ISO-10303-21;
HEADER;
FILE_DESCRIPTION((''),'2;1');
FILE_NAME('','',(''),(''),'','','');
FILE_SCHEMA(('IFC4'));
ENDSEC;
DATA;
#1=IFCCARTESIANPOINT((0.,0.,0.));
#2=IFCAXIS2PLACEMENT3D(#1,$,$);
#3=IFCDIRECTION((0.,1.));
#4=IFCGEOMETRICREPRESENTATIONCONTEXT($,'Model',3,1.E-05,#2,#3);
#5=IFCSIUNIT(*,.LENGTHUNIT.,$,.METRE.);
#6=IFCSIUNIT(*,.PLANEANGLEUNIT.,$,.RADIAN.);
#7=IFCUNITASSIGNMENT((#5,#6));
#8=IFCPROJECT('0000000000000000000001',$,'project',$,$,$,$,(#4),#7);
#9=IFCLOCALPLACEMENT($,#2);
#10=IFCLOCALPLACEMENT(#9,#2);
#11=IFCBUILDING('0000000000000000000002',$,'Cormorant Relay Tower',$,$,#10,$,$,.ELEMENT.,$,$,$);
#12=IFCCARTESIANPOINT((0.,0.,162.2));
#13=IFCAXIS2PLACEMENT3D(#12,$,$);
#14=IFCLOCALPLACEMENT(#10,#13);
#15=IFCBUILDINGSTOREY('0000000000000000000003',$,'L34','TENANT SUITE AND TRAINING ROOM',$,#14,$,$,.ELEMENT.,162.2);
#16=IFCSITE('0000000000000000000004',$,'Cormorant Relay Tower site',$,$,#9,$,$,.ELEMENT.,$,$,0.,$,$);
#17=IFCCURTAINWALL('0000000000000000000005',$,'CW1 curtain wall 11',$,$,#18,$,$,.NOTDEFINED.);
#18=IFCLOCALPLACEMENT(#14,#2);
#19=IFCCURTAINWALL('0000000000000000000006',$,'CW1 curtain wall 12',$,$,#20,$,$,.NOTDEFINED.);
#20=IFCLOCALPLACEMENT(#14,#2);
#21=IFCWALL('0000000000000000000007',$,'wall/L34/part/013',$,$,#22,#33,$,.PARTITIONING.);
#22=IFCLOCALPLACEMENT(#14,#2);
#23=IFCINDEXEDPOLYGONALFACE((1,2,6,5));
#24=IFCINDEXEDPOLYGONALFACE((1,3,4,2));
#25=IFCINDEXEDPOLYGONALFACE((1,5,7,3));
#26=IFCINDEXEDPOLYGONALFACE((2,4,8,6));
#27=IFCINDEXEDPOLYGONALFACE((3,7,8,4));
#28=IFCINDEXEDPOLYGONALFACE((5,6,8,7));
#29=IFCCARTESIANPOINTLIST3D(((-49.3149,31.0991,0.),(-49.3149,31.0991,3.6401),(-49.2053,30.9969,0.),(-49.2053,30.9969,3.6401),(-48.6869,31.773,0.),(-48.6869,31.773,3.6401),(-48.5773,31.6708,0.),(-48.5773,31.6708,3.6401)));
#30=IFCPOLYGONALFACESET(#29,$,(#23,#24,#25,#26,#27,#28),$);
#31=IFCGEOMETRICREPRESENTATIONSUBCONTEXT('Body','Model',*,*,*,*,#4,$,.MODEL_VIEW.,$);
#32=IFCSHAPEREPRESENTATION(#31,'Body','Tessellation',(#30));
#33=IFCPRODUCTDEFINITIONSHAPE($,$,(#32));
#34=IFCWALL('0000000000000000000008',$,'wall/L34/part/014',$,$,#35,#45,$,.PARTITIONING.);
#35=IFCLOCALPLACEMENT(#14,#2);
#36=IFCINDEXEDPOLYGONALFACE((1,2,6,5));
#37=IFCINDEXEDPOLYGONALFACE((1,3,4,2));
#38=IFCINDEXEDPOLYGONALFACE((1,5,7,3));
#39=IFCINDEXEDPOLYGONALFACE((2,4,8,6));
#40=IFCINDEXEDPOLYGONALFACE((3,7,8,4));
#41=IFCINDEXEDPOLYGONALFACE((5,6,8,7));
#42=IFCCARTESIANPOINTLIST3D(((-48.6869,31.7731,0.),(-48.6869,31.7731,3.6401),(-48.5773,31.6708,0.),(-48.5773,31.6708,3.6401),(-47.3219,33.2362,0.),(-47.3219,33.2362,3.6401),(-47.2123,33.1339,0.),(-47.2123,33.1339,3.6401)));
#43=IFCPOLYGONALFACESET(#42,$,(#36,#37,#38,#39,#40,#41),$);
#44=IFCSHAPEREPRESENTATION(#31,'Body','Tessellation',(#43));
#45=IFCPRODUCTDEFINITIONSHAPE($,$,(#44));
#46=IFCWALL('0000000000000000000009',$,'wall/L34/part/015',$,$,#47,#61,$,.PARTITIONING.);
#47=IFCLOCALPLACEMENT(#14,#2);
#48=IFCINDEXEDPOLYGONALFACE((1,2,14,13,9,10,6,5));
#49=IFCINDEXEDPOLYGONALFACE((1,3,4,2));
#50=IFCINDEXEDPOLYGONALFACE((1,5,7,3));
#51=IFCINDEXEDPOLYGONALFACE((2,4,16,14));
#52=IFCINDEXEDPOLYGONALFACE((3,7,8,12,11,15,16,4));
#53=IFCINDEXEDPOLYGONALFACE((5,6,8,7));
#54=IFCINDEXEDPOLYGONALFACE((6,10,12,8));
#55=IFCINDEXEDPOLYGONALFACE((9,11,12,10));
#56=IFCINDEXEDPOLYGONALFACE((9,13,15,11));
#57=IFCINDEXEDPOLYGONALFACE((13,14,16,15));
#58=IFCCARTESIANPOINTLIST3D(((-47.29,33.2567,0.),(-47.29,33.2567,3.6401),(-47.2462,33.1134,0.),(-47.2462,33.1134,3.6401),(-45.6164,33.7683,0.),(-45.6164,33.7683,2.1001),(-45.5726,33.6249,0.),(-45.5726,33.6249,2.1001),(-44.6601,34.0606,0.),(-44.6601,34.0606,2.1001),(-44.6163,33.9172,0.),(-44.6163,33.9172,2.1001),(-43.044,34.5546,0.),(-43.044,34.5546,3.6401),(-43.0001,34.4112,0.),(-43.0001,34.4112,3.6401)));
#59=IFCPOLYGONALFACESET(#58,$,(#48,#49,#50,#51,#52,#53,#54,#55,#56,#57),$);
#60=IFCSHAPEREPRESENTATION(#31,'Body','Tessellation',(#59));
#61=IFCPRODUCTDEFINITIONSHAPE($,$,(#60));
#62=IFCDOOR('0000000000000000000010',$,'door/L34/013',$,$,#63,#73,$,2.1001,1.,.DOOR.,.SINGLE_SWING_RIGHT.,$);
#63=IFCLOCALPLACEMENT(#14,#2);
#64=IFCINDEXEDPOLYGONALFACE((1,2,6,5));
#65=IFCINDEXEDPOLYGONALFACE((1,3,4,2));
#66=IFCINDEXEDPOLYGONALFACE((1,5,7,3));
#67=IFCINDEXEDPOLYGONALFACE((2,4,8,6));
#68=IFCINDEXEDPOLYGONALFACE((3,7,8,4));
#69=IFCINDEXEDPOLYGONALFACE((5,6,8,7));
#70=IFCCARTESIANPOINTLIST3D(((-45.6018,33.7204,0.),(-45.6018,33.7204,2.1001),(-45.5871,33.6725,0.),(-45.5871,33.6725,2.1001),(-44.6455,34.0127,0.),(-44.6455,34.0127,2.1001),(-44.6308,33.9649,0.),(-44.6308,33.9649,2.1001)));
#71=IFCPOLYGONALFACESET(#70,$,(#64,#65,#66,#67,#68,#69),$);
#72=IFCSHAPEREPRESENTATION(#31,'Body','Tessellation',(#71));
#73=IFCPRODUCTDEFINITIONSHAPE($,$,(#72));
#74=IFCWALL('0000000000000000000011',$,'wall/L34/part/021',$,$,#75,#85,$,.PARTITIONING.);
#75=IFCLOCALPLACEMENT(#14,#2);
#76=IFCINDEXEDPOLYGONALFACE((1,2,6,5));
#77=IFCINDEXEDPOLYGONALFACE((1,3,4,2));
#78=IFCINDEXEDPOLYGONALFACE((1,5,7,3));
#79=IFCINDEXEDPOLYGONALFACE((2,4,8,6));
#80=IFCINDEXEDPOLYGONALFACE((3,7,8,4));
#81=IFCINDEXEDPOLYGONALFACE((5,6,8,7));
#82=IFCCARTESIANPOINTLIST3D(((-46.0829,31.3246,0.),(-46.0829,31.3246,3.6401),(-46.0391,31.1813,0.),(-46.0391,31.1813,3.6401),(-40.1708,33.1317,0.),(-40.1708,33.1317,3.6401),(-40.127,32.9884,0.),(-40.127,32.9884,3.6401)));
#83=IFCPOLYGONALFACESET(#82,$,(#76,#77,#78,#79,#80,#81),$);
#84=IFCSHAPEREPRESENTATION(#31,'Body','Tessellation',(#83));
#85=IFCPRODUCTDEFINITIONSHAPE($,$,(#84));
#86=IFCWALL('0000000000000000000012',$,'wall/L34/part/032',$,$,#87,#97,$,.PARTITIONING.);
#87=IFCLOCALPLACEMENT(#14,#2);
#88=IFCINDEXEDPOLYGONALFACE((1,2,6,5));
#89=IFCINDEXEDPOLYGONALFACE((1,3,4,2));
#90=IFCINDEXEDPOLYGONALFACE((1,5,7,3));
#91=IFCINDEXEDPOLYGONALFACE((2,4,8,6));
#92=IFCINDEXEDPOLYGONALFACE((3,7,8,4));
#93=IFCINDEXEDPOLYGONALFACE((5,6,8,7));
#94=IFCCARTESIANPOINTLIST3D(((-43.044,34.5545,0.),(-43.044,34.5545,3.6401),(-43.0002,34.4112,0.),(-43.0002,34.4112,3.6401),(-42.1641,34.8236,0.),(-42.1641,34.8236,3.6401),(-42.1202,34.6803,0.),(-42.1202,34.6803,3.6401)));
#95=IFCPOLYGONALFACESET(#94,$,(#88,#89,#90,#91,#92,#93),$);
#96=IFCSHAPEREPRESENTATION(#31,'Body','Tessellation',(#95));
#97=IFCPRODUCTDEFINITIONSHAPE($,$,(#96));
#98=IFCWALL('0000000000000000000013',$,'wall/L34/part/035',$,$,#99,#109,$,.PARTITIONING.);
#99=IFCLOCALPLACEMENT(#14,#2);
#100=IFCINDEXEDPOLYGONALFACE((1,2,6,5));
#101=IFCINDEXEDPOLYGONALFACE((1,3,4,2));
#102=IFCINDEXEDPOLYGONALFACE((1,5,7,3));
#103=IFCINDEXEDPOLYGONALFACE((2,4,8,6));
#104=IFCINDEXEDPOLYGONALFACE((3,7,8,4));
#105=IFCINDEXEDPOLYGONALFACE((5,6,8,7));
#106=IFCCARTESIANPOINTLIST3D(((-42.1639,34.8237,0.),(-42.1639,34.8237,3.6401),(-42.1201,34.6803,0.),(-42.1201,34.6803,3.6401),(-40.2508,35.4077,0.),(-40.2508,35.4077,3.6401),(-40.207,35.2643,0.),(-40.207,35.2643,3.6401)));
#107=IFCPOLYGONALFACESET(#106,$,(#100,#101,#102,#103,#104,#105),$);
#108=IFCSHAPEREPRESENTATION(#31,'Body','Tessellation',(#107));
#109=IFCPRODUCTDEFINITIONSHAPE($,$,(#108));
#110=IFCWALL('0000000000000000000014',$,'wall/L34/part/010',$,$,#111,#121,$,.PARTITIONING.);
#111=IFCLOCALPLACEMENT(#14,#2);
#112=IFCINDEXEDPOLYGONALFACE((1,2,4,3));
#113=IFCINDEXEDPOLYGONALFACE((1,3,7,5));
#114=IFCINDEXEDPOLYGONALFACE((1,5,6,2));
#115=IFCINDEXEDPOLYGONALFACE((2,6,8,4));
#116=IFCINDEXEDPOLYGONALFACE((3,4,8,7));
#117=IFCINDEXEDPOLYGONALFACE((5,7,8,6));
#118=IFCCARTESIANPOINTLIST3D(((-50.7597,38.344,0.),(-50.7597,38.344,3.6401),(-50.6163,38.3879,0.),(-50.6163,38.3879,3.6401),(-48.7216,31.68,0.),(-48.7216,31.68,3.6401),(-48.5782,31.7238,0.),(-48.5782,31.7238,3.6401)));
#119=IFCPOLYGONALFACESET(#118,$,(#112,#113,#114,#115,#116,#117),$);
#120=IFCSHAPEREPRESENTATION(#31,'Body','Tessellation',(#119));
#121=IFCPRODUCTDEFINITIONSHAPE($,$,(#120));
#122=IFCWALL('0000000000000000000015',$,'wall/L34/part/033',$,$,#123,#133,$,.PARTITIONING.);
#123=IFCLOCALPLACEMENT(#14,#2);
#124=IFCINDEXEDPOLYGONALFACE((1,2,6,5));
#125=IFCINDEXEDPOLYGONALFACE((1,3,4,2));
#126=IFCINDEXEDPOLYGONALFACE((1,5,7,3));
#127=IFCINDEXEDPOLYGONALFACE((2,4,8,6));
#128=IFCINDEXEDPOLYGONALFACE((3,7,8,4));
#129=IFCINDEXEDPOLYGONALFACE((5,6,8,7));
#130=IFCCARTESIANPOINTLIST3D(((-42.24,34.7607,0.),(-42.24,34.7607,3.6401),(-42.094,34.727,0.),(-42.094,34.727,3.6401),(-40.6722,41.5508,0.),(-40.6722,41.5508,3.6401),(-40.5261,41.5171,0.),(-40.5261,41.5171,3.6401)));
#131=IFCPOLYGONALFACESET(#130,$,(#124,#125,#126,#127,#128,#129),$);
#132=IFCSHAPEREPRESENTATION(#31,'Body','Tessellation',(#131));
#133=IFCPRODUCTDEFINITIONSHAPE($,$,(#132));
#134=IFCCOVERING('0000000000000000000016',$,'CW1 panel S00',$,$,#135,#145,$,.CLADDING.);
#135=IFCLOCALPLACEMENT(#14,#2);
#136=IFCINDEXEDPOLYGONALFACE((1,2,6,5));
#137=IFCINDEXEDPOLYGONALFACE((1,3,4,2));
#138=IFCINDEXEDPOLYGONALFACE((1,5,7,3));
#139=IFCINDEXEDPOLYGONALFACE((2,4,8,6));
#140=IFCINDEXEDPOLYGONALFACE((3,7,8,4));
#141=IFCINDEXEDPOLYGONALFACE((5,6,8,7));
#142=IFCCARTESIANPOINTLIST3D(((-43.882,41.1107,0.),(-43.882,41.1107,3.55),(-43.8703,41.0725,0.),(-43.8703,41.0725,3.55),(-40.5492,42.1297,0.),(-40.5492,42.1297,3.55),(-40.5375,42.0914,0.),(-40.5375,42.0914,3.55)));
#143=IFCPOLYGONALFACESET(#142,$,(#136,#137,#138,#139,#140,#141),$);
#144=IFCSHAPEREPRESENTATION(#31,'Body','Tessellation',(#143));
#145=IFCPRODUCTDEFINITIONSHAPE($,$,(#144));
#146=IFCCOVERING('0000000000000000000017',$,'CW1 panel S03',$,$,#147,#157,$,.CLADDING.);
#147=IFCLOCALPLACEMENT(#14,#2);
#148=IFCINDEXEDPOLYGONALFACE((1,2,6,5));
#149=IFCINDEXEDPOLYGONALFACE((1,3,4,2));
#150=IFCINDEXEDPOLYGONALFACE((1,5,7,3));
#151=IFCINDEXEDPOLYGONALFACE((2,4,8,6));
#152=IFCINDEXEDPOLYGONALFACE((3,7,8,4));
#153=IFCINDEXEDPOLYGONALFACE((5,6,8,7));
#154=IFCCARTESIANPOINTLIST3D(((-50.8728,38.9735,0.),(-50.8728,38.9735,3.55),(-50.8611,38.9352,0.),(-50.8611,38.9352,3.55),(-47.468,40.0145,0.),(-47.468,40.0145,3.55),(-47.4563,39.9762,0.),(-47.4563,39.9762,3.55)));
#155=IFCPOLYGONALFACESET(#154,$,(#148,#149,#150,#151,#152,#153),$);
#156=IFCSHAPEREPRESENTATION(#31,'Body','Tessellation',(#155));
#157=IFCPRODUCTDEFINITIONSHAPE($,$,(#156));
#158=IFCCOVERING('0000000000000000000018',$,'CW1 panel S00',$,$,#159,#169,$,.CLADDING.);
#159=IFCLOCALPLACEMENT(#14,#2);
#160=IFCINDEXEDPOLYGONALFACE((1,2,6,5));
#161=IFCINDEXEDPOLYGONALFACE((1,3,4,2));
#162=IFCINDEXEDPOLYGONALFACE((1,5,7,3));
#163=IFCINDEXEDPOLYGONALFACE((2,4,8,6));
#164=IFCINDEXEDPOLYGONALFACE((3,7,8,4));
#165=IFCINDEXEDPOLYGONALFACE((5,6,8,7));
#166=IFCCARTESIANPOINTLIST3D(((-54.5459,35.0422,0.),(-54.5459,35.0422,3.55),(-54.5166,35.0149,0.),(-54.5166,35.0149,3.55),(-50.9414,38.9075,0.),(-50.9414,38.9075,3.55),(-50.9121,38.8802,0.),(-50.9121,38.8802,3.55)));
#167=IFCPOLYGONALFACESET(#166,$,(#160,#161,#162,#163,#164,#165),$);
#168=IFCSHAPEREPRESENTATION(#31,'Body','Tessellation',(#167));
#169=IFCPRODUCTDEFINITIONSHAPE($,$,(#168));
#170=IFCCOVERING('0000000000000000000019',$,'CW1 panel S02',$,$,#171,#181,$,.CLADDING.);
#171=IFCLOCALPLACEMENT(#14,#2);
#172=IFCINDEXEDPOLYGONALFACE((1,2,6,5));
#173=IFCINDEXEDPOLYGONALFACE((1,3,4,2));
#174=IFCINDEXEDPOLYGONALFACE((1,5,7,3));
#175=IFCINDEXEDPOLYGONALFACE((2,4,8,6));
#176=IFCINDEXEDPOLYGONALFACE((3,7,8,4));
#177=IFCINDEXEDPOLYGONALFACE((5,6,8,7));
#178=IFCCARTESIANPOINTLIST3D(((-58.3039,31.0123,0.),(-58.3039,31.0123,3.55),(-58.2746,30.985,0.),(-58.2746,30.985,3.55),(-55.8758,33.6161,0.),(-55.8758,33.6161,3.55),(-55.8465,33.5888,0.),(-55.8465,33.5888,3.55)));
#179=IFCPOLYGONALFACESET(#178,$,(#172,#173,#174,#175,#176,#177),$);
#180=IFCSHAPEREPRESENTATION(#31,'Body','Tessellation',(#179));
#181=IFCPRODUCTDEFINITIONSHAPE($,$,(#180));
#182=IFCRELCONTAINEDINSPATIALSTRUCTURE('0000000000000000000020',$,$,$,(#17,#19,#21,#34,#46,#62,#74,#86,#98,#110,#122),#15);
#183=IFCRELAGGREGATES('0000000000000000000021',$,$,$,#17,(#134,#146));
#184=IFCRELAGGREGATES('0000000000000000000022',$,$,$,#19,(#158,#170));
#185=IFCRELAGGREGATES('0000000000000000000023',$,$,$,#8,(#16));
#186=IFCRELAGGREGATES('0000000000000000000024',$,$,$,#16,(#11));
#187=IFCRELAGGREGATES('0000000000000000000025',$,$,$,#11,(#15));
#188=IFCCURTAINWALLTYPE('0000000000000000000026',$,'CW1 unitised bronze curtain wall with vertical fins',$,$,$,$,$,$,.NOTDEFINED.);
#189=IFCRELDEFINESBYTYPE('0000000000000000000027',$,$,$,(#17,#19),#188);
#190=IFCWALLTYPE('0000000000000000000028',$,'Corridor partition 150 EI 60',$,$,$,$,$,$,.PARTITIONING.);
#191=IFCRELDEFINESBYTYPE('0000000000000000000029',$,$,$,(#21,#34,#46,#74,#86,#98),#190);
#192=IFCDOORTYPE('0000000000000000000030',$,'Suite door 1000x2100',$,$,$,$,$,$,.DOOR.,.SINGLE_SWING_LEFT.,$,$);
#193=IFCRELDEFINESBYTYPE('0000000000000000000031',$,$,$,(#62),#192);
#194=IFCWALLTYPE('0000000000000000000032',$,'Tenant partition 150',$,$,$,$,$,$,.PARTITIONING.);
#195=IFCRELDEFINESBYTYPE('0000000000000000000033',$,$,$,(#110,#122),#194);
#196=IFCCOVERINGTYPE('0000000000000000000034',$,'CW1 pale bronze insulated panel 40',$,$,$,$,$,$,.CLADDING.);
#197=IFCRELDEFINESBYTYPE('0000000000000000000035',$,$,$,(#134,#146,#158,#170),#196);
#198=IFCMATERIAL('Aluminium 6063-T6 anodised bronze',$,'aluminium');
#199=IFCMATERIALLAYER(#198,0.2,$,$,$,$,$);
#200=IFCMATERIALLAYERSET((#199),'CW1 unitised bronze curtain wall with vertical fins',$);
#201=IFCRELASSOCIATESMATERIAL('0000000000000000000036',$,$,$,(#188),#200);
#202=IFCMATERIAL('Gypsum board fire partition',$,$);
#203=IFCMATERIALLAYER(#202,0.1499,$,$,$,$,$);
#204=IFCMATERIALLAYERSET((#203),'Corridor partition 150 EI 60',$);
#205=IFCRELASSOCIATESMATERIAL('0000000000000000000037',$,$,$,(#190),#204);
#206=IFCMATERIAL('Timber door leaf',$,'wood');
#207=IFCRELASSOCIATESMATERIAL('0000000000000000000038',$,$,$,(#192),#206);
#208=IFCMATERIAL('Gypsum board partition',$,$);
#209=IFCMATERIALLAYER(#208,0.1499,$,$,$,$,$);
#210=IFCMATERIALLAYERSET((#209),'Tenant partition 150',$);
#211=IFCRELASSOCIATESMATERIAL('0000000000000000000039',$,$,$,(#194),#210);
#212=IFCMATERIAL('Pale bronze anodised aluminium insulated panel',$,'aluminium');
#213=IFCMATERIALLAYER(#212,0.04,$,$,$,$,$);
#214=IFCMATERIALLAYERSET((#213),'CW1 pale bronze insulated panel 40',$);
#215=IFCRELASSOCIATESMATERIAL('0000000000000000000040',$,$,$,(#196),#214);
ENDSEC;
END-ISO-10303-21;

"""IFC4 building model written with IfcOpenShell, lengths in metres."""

from ifc_helpers import new_model, si_unit, direction, frame, frame_2d, origin, origin_2d, place, context, subcontext, project, spatial, rectangle, extrude, material, layer, layer_set, type_object, element, fill, aggregate, save


model = new_model("IFC4")

# Units and contexts
model_context = context("Model", 3, precision=1e-05, world=origin(), true_north=direction((0.0, 1.0)))
body_context = subcontext(model_context, "Body", "Model", "MODEL_VIEW")
ifc_project = project(units=[si_unit("LENGTHUNIT", "METRE"), si_unit("PLANEANGLEUNIT", "RADIAN")], contexts=[model_context])

# Site, building, storey
site_placement = place(None, origin())
site = spatial("IfcSite", under=ifc_project, at=site_placement, Name="Cormorant Relay Tower site", CompositionType="ELEMENT", RefElevation=0.0)
building_placement = place(site_placement, origin())
building = spatial("IfcBuilding", under=site, at=building_placement, Name="Cormorant Relay Tower", CompositionType="ELEMENT")
storey_placement = place(building_placement, frame((0.0, 0.0, 162.2)))
storey = spatial("IfcBuildingStorey", under=building, at=storey_placement, Name="L34", Description="TENANT SUITE AND TRAINING ROOM", CompositionType="ELEMENT", Elevation=162.2)

# Curtain walls
ifc_material_1 = material(Name="Aluminium 6063-T6 anodised bronze", Category="aluminium")
ifc_layer_1 = layer(ifc_material_1, 0.2)
ifc_layer_set_1 = layer_set([ifc_layer_1], Name="CW1 unitised bronze curtain wall with vertical fins")
curtain_wall_type = type_object("IfcCurtainWallType", Name="CW1 unitised bronze curtain wall with vertical fins", PredefinedType="NOTDEFINED", material=ifc_layer_set_1)
curtain_wall_1_placement = place(storey_placement, origin())
curtain_wall_1 = element("IfcCurtainWall", 1, at=curtain_wall_1_placement, inside=storey, type_object=curtain_wall_type, Name="CW1 curtain wall 11", PredefinedType="NOTDEFINED")
curtain_wall_2_placement = place(storey_placement, origin())
curtain_wall_2 = element("IfcCurtainWall", 2, at=curtain_wall_2_placement, inside=storey, type_object=curtain_wall_type, Name="CW1 curtain wall 12", PredefinedType="NOTDEFINED")

# Walls
ifc_material_2 = material(Name="Gypsum board fire partition")
ifc_layer_2 = layer(ifc_material_2, 0.1499)
ifc_layer_set_2 = layer_set([ifc_layer_2], Name="Corridor partition 150 EI 60")
wall_type_1 = type_object("IfcWallType", Name="Corridor partition 150 EI 60", PredefinedType="PARTITIONING", material=ifc_layer_set_2)
wall_1_placement = place(storey_placement, frame((-49.26, 31.0481, 0.0), z_axis=(0.0, 0.0, 1.0), x_axis=(0.681751, 0.731584, 0.0)))
element("IfcWall", 3, at=wall_1_placement, inside=storey, type_object=wall_type_1, Name="wall/L34/part/013", PredefinedType="PARTITIONING", context=body_context, shape_type="SweptSolid", body=[
    extrude(rectangle(XDim=0.9211, YDim=0.1499, at=frame_2d((0.4604, 0.0))), origin(), (0.0, 0.0, 1.0), 3.6401),
])
wall_2_placement = place(storey_placement, frame((-47.2671, 33.1851, 0.0), z_axis=(0.0, 0.0, 1.0), x_axis=(-0.682157, -0.731205, 0.0)))
element("IfcWall", 4, at=wall_2_placement, inside=storey, type_object=wall_type_1, Name="wall/L34/part/014", PredefinedType="PARTITIONING", context=body_context, shape_type="SweptSolid", body=[
    extrude(rectangle(XDim=2.001, YDim=0.1499, at=frame_2d((1.0005, 0.0))), origin(), (0.0, 0.0, 1.0), 3.6401),
])

# Wall, opening, door
wall_3_placement = place(storey_placement, frame((-47.2681, 33.1851, 0.0), z_axis=(0.0, 0.0, 1.0), x_axis=(0.956324, 0.292308, 0.0)))
wall_3 = element("IfcWall", 5, at=wall_3_placement, inside=storey, type_object=wall_type_1, Name="wall/L34/part/015", PredefinedType="PARTITIONING", context=body_context, shape_type="SweptSolid", body=[
    extrude(rectangle(XDim=4.4399, YDim=0.1499, at=frame_2d((2.22, 0.0))), origin(), (0.0, 0.0, 1.0), 3.6401),
])
opening_placement = place(wall_3_placement, frame((1.75, 0.0, 0.0)))
opening = element("IfcOpeningElement", 6, at=opening_placement, cuts=wall_3, PredefinedType="OPENING", context=body_context, shape_type="SweptSolid", body=[
    extrude(rectangle(XDim=1.0, YDim=2.1001, at=frame_2d((0.5, 1.05))), frame((0.0, 0.085, 0.0), z_axis=(0.0, -1.0, 0.0), x_axis=(1.0, 0.0, 0.0)), (0.0, 0.0, 1.0), 0.1699),
])
ifc_material_3 = material(Name="Timber door leaf", Category="wood")
door_type = type_object("IfcDoorType", Name="Suite door 1000x2100", OperationType="SINGLE_SWING_LEFT", PredefinedType="DOOR", material=ifc_material_3)
door_placement = place(opening_placement, origin())
door = element("IfcDoor", 7, at=door_placement, inside=storey, type_object=door_type, Name="door/L34/013", OperationType="SINGLE_SWING_RIGHT", OverallHeight=2.1001, OverallWidth=1.0, PredefinedType="DOOR", context=body_context, shape_type="SweptSolid", body=[
    extrude(rectangle(XDim=1.0, YDim=2.1001, at=frame_2d((0.5, 1.05))), frame((0.0, 0.0249, 0.0), z_axis=(0.0, -1.0, 0.0), x_axis=(1.0, 0.0, 0.0)), (0.0, 0.0, 1.0), 0.05),
])
fill(opening, door)

# Walls
wall_4_placement = place(storey_placement, frame((-46.061, 31.2529, 0.0), z_axis=(0.0, 0.0, 1.0), x_axis=(0.956322, 0.292315, 0.0)))
element("IfcWall", 8, at=wall_4_placement, inside=storey, type_object=wall_type_1, Name="wall/L34/part/021", PredefinedType="PARTITIONING", context=body_context, shape_type="SweptSolid", body=[
    extrude(rectangle(XDim=6.1821, YDim=0.1499, at=frame_2d((3.0911, 0.0))), origin(), (0.0, 0.0, 1.0), 3.6401),
])
wall_5_placement = place(storey_placement, frame((-43.022, 34.4829, 0.0), z_axis=(0.0, 0.0, 1.0), x_axis=(0.956294, 0.292407, 0.0)))
element("IfcWall", 9, at=wall_5_placement, inside=storey, type_object=wall_type_1, Name="wall/L34/part/032", PredefinedType="PARTITIONING", context=body_context, shape_type="SweptSolid", body=[
    extrude(rectangle(XDim=0.9202, YDim=0.1499, at=frame_2d((0.46, 0.0))), origin(), (0.0, 0.0, 1.0), 3.6401),
])
wall_6_placement = place(storey_placement, frame((-40.229, 35.3359, 0.0), z_axis=(0.0, 0.0, 1.0), x_axis=(-0.956431, -0.291958, 0.0)))
element("IfcWall", 10, at=wall_6_placement, inside=storey, type_object=wall_type_1, Name="wall/L34/part/035", PredefinedType="PARTITIONING", context=body_context, shape_type="SweptSolid", body=[
    extrude(rectangle(XDim=2.0002, YDim=0.1499, at=frame_2d((1.0, 0.0))), origin(), (0.0, 0.0, 1.0), 3.6401),
])
ifc_material_4 = material(Name="Gypsum board partition")
ifc_layer_3 = layer(ifc_material_4, 0.1499)
ifc_layer_set_3 = layer_set([ifc_layer_3], Name="Tenant partition 150")
wall_type_2 = type_object("IfcWallType", Name="Tenant partition 150", PredefinedType="PARTITIONING", material=ifc_layer_set_3)
for number, where, z_axis, x_axis, name in (
    (11, (-50.688, 38.366, 0.0), (0.0, 0.0, 1.0), (0.292461, -0.956278, 0.0), "wall/L34/part/010"),
    (12, (-40.5991, 41.5339, 0.0), (0.0, 0.0, 1.0), (-0.224987, -0.974362, 0.0), "wall/L34/part/033"),
):
    element("IfcWall", number, at=place(storey_placement, frame(where, z_axis=z_axis, x_axis=x_axis)), inside=storey, type_object=wall_type_2, Name=name, PredefinedType="PARTITIONING", context=body_context, shape_type="SweptSolid", body=[
        extrude(rectangle(XDim=6.9688, YDim=0.1499, at=frame_2d((3.4844, 0.0))), origin(), (0.0, 0.0, 1.0), 3.6401),
    ])

# Coverings
ifc_material_5 = material(Name="Pale bronze anodised aluminium insulated panel", Category="aluminium")
ifc_layer_4 = layer(ifc_material_5, 0.04)
ifc_layer_set_4 = layer_set([ifc_layer_4], Name="CW1 pale bronze insulated panel 40")
covering_type = type_object("IfcCoveringType", Name="CW1 pale bronze insulated panel 40", PredefinedType="CLADDING", material=ifc_layer_set_4)
covering_1_placement = place(storey_placement, frame((-42.2097, 41.6011, 0.0), z_axis=(0.0, 0.0, 1.0), x_axis=(-0.956305, -0.292372, 0.0)))
covering_1 = element("IfcCovering", 13, at=covering_1_placement, type_object=covering_type, Name="CW1 panel S00", PredefinedType="CLADDING", context=body_context, shape_type="SweptSolid", body=[
    extrude(rectangle(XDim=3.4851, YDim=0.04, at=origin_2d()), origin(), (0.0, 0.0, 1.0), 3.55),
])
covering_2_placement = place(storey_placement, frame((-49.1646, 39.4749, 0.0), z_axis=(0.0, 0.0, 1.0), x_axis=(-0.956305, -0.292372, 0.0)))
covering_2 = element("IfcCovering", 14, at=covering_2_placement, type_object=covering_type, Name="CW1 panel S03", PredefinedType="CLADDING", context=body_context, shape_type="SweptSolid", body=[
    extrude(rectangle(XDim=3.5603, YDim=0.04, at=origin_2d()), origin(), (0.0, 0.0, 1.0), 3.55),
])
aggregate(curtain_wall_1, [covering_1, covering_2])
covering_3_placement = place(storey_placement, frame((-52.729, 36.9612, 0.0), z_axis=(0.0, 0.0, 1.0), x_axis=(-0.681998, -0.731354, 0.0)))
covering_3 = element("IfcCovering", 15, at=covering_3_placement, type_object=covering_type, Name="CW1 panel S00", PredefinedType="CLADDING", context=body_context, shape_type="SweptSolid", body=[
    extrude(rectangle(XDim=5.2852, YDim=0.04, at=origin_2d()), origin(), (0.0, 0.0, 1.0), 3.55),
])
covering_4_placement = place(storey_placement, frame((-57.0752, 32.3005, 0.0), z_axis=(0.0, 0.0, 1.0), x_axis=(-0.681998, -0.731354, 0.0)))
covering_4 = element("IfcCovering", 16, at=covering_4_placement, type_object=covering_type, Name="CW1 panel S02", PredefinedType="CLADDING", context=body_context, shape_type="SweptSolid", body=[
    extrude(rectangle(XDim=3.5603, YDim=0.04, at=origin_2d()), origin(), (0.0, 0.0, 1.0), 3.55),
])
aggregate(curtain_wall_2, [covering_3, covering_4])

save(model, "model.ifc")
